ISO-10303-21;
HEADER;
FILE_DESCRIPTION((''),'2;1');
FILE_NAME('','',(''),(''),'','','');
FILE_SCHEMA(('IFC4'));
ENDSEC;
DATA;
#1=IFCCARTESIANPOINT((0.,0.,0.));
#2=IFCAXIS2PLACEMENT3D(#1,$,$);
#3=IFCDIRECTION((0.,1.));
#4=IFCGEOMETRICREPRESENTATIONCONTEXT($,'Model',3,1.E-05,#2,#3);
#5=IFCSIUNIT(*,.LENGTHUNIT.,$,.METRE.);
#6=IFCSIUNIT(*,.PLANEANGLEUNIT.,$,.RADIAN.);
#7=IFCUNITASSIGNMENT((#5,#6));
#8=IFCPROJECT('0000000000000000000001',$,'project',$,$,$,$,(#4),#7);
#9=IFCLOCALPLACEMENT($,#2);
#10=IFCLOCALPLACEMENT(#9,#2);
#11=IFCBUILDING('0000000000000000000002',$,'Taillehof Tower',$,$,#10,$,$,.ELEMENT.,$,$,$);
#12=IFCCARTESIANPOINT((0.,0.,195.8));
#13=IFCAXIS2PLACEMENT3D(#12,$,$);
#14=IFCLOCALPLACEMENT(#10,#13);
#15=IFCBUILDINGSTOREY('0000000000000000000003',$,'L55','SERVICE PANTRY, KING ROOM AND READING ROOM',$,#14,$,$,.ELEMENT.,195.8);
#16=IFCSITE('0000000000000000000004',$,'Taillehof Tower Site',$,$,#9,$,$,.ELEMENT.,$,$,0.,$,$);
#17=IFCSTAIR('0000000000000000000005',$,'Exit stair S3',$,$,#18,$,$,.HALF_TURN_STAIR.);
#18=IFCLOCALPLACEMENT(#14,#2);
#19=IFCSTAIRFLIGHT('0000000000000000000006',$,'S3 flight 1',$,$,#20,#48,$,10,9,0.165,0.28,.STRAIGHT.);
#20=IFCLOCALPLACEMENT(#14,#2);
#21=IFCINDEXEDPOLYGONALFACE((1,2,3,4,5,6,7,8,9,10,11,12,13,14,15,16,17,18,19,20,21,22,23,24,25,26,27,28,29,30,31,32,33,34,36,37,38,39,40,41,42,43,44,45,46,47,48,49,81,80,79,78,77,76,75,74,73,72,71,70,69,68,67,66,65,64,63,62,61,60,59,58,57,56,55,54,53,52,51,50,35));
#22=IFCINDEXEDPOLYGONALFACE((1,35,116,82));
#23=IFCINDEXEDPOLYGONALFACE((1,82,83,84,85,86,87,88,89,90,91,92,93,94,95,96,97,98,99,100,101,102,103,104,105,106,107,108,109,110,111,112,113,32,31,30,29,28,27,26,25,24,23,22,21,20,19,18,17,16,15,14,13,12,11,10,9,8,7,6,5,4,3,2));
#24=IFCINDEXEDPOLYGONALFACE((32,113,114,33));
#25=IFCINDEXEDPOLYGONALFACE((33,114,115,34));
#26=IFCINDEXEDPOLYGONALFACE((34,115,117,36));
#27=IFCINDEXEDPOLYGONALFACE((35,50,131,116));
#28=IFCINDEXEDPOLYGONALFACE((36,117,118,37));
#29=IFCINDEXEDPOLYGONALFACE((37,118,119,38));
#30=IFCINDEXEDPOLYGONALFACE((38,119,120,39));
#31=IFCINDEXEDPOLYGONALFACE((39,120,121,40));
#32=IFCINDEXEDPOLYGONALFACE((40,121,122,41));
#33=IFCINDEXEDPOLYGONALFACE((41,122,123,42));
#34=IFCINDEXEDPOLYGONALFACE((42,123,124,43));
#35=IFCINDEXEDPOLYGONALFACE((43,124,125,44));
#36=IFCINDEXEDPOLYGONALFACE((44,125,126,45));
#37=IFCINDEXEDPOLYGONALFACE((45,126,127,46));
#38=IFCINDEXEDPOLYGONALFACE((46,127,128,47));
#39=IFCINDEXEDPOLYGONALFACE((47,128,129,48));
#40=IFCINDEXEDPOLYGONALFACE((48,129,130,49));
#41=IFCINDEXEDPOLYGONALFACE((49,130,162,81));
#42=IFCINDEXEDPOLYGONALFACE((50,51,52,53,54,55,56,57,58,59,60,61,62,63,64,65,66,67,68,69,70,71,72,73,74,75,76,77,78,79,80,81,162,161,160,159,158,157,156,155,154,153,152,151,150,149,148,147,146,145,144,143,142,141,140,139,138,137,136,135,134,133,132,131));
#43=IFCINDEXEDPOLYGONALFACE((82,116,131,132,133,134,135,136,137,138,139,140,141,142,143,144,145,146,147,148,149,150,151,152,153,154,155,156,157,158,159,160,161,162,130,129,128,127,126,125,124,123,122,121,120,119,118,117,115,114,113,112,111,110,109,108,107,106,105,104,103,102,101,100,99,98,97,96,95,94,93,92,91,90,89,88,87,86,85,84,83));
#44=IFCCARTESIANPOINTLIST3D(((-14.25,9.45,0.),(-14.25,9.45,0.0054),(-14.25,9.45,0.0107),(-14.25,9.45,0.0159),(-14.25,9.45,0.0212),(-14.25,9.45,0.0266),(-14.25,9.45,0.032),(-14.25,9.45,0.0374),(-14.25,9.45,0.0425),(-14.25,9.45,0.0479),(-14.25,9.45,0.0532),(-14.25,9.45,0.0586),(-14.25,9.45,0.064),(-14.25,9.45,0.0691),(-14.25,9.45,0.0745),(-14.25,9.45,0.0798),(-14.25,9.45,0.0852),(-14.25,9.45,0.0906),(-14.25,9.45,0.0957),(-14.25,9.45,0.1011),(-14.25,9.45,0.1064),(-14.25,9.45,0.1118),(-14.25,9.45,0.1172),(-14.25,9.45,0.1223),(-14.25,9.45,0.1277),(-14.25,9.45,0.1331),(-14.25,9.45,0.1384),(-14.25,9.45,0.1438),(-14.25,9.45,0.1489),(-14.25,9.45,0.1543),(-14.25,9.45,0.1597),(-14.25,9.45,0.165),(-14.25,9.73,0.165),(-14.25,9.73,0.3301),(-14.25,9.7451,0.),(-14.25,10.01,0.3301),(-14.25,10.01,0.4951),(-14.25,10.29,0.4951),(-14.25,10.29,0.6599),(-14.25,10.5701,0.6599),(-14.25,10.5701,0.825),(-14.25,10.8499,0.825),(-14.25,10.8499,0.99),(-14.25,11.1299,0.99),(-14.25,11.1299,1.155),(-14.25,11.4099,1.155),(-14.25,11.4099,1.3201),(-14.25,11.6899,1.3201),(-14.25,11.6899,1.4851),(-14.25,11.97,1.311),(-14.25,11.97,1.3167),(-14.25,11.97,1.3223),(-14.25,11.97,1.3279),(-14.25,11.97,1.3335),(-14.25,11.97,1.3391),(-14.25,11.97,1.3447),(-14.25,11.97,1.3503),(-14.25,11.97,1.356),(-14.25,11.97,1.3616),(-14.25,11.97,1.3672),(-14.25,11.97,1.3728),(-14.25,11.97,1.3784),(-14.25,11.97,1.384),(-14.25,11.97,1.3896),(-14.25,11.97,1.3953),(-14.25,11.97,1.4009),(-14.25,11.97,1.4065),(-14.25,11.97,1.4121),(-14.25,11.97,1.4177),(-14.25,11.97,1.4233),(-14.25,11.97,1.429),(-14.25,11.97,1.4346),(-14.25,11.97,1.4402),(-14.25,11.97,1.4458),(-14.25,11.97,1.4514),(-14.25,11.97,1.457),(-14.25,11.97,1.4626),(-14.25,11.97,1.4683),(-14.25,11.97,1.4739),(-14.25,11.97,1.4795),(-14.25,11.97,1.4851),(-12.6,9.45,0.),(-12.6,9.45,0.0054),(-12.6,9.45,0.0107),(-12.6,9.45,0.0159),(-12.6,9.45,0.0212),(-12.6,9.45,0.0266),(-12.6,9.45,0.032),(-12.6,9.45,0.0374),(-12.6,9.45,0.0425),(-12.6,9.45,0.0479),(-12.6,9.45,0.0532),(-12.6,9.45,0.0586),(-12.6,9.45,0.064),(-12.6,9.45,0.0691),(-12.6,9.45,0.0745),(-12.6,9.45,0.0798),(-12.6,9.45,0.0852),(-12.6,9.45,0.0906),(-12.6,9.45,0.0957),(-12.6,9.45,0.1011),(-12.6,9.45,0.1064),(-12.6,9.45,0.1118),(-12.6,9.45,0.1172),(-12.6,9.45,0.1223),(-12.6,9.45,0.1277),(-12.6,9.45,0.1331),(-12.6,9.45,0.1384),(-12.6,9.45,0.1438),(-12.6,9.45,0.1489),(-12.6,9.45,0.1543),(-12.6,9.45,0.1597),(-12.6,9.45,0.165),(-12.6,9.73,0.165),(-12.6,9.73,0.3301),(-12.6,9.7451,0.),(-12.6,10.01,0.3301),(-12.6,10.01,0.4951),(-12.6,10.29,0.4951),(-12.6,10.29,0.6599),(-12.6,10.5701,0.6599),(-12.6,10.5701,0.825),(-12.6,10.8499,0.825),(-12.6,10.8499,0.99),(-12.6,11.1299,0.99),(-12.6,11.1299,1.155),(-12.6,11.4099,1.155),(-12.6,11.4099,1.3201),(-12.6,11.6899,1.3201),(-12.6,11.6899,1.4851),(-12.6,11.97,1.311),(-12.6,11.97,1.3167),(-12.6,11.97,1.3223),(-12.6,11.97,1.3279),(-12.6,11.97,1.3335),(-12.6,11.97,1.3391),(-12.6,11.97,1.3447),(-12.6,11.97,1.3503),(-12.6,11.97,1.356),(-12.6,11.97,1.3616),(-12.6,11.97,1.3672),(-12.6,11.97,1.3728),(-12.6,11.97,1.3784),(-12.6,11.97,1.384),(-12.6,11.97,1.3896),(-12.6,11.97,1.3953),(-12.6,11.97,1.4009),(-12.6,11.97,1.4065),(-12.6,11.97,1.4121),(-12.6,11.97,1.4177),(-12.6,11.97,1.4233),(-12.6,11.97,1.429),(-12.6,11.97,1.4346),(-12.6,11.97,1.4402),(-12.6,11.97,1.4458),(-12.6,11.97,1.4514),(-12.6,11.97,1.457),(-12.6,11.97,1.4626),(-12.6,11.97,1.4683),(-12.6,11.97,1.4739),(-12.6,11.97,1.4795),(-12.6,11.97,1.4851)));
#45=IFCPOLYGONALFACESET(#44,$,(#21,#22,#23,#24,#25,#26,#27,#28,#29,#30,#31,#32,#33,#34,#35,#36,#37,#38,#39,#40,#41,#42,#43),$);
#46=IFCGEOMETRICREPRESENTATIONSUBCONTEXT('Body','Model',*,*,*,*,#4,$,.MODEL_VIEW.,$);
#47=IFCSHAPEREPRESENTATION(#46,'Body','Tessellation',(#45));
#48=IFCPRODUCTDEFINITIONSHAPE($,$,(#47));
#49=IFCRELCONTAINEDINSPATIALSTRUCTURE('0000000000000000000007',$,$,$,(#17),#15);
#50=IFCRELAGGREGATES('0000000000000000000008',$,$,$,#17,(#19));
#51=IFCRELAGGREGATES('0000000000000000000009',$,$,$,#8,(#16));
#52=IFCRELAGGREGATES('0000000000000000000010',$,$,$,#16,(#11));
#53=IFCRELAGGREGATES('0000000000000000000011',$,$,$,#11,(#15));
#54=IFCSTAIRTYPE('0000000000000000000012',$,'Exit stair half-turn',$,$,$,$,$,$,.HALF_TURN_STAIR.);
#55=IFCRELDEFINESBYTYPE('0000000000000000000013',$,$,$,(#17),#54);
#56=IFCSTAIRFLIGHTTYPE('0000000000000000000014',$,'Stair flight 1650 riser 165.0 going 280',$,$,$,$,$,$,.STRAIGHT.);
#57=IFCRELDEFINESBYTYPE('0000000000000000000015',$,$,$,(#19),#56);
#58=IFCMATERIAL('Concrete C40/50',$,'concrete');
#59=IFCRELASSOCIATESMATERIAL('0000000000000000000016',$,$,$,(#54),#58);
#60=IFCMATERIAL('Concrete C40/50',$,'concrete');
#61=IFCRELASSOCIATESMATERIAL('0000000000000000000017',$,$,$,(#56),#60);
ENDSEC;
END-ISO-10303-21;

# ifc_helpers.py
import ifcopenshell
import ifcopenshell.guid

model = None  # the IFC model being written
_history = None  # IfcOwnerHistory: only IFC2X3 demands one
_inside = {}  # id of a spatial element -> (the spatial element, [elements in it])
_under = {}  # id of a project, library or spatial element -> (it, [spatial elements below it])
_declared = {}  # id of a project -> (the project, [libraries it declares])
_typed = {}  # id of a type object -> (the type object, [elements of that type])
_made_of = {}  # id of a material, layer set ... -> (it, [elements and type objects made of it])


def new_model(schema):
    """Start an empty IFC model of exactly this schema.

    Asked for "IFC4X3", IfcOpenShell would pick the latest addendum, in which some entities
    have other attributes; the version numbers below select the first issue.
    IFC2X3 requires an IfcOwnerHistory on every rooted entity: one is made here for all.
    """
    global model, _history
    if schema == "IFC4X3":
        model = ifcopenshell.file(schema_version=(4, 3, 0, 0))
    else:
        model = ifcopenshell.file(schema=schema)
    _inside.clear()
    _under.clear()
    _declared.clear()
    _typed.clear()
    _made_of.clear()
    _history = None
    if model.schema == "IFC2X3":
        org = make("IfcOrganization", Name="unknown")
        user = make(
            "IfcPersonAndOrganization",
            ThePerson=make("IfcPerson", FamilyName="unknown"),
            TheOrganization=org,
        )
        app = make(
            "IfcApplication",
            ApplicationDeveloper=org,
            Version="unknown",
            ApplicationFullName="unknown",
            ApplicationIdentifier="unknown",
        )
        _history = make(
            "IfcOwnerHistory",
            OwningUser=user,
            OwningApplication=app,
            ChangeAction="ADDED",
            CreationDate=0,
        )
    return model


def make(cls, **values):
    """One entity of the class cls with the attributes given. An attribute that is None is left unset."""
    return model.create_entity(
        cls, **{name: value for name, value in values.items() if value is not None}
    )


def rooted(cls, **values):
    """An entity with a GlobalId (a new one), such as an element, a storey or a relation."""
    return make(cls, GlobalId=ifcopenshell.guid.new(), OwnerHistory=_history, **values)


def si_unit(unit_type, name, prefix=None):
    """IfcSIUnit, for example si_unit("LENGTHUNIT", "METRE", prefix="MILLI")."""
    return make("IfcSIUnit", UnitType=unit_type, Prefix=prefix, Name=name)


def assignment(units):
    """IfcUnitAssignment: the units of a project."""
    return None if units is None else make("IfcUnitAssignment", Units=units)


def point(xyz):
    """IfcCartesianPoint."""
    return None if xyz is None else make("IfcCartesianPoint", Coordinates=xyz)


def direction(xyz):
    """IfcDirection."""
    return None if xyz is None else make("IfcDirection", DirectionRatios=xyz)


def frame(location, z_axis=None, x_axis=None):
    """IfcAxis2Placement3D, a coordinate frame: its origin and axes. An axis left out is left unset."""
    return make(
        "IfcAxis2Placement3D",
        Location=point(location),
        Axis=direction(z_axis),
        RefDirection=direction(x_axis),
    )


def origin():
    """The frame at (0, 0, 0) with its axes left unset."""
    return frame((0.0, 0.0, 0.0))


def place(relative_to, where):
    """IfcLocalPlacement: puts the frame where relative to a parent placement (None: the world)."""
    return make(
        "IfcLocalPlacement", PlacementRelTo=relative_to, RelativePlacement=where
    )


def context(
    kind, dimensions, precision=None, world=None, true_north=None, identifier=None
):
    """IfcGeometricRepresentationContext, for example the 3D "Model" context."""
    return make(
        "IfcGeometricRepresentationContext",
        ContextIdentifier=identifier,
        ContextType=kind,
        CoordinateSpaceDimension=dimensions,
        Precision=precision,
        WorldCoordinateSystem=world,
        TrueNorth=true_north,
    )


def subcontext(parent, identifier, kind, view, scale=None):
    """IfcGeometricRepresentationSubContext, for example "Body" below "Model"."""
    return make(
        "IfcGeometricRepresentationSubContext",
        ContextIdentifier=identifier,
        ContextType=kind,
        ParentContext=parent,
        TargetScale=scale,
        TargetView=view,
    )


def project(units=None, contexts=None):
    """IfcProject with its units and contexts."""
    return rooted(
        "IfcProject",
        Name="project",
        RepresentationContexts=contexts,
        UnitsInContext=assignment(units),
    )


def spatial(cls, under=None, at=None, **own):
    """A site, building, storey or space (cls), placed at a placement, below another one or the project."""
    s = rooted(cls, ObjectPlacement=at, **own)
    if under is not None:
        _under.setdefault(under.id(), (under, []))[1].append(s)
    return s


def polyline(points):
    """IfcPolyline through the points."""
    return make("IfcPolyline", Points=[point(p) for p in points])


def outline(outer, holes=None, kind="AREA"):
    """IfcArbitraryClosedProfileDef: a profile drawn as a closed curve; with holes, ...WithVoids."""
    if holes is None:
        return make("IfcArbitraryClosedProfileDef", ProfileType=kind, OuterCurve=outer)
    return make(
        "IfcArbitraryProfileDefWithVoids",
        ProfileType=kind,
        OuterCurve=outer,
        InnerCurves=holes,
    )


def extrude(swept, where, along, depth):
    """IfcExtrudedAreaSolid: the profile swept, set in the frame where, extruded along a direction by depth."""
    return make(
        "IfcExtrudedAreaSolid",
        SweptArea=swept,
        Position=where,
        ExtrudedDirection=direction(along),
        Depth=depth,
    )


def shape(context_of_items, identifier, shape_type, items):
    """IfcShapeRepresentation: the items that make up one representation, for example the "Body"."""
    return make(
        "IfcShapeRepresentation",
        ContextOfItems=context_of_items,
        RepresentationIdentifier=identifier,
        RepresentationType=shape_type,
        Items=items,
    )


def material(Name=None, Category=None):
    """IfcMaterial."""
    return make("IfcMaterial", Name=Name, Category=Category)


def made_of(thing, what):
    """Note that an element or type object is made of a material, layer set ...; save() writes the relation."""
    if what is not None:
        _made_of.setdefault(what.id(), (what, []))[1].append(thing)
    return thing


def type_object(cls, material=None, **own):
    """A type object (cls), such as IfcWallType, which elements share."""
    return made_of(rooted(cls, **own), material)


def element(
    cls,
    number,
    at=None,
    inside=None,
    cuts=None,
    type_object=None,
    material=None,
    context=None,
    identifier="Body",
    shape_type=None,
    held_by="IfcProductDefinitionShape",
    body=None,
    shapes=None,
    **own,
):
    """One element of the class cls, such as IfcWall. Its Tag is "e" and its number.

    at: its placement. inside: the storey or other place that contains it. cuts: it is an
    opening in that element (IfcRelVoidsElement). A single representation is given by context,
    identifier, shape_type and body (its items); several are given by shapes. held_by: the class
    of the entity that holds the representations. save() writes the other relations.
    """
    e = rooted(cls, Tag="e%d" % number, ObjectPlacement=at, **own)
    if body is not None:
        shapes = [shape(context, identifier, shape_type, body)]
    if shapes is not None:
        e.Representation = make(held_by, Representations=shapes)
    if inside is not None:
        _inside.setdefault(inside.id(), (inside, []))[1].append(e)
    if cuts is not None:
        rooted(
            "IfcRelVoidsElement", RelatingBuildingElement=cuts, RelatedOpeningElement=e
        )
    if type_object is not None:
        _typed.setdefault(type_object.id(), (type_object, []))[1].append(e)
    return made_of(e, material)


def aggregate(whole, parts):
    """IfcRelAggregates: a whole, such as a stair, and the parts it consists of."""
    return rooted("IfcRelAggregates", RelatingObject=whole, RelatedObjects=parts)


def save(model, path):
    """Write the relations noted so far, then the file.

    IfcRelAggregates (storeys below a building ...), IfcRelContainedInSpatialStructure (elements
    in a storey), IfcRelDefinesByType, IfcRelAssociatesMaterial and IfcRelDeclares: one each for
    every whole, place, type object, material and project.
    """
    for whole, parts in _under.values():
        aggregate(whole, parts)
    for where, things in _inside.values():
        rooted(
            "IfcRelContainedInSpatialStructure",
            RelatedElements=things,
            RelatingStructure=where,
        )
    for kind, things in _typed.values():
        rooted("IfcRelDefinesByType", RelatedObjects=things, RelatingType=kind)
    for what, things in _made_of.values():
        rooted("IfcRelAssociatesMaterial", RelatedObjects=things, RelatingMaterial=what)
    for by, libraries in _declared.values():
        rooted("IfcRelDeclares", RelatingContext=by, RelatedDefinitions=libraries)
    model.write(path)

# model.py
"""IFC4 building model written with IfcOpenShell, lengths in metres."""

from ifc_helpers import new_model, si_unit, direction, frame, origin, place, context, subcontext, project, spatial, polyline, outline, extrude, material, type_object, element, aggregate, save


model = new_model("IFC4")

# Units and contexts
model_context = context("Model", 3, precision=1e-05, world=origin(), true_north=direction((0.0, 1.0)))
body_context = subcontext(model_context, "Body", "Model", "MODEL_VIEW")
ifc_project = project(units=[si_unit("LENGTHUNIT", "METRE"), si_unit("PLANEANGLEUNIT", "RADIAN")], contexts=[model_context])

# Site, building, storey
site_placement = place(None, origin())
site = spatial("IfcSite", under=ifc_project, at=site_placement, Name="Taillehof Tower Site", CompositionType="ELEMENT", RefElevation=0.0)
building_placement = place(site_placement, origin())
building = spatial("IfcBuilding", under=site, at=building_placement, Name="Taillehof Tower", CompositionType="ELEMENT")
storey_placement = place(building_placement, frame((0.0, 0.0, 195.8)))
storey = spatial("IfcBuildingStorey", under=building, at=storey_placement, Name="L55", Description="SERVICE PANTRY, KING ROOM AND READING ROOM", CompositionType="ELEMENT", Elevation=195.8)

# Stair, stair flight
ifc_material_1 = material(Name="Concrete C40/50", Category="concrete")
stair_type = type_object("IfcStairType", Name="Exit stair half-turn", PredefinedType="HALF_TURN_STAIR", material=ifc_material_1)
stair_placement = place(storey_placement, origin())
stair = element("IfcStair", 1, at=stair_placement, inside=storey, type_object=stair_type, Name="Exit stair S3", PredefinedType="HALF_TURN_STAIR")
ifc_material_2 = material(Name="Concrete C40/50", Category="concrete")
stair_flight_type = type_object("IfcStairFlightType", Name="Stair flight 1650 riser 165.0 going 280", PredefinedType="STRAIGHT", material=ifc_material_2)
stair_flight_placement = place(storey_placement, frame((-13.425, 9.45, 0.0), z_axis=(0.0, 0.0, 1.0), x_axis=(0.0, 1.0, 0.0)))
stair_flight = element("IfcStairFlight", 2, at=stair_flight_placement, type_object=stair_flight_type, Name="S3 flight 1", NumberOfRisers=10, NumberOfTreads=9, PredefinedType="STRAIGHT", RiserHeight=0.165, TreadLength=0.28, context=body_context, shape_type="SweptSolid", body=[
    extrude(outline(polyline([(0.0, 0.0), (0.0, 0.0054), (0.0, 0.0107), (0.0, 0.0159), (0.0, 0.0212), (0.0, 0.0266), (0.0, 0.032), (0.0, 0.0374), (0.0, 0.0425), (0.0, 0.0479), (0.0, 0.0532), (0.0, 0.0586), (0.0, 0.064), (0.0, 0.0691), (0.0, 0.0745), (0.0, 0.0798), (0.0, 0.0852), (0.0, 0.0906), (0.0, 0.0957), (0.0, 0.1011), (0.0, 0.1064), (0.0, 0.1118), (0.0, 0.1172), (0.0, 0.1223), (0.0, 0.1277), (0.0, 0.1331), (0.0, 0.1384), (0.0, 0.1438), (0.0, 0.1489), (0.0, 0.1543), (0.0, 0.1597), (0.0, 0.165), (0.28, 0.165), (0.28, 0.3301), (0.5601, 0.3301), (0.5601, 0.4951), (0.8401, 0.4951), (0.8401, 0.6599), (1.1201, 0.6599), (1.1201, 0.825), (1.3999, 0.825), (1.3999, 0.99), (1.6799, 0.99), (1.6799, 1.155), (1.96, 1.155), (1.96, 1.3201), (2.24, 1.3201), (2.24, 1.4851), (2.52, 1.4851), (2.52, 1.4795), (2.52, 1.4739), (2.52, 1.4683), (2.52, 1.4626), (2.52, 1.457), (2.52, 1.4514), (2.52, 1.4458), (2.52, 1.4402), (2.52, 1.4346), (2.52, 1.429), (2.52, 1.4233), (2.52, 1.4177), (2.52, 1.4121), (2.52, 1.4065), (2.52, 1.4009), (2.52, 1.3953), (2.52, 1.3896), (2.52, 1.384), (2.52, 1.3784), (2.52, 1.3728), (2.52, 1.3672), (2.52, 1.3616), (2.52, 1.356), (2.52, 1.3503), (2.52, 1.3447), (2.52, 1.3391), (2.52, 1.3335), (2.52, 1.3279), (2.52, 1.3223), (2.52, 1.3167), (2.52, 1.311), (0.2952, 0.0), (0.0, 0.0)])), frame((0.0, 0.825, 0.0), z_axis=(0.0, -1.0, 0.0), x_axis=(1.0, 0.0, 0.0)), (0.0, 0.0, 1.0), 1.65),
])
aggregate(stair, [stair_flight])

save(model, "model.ifc")
